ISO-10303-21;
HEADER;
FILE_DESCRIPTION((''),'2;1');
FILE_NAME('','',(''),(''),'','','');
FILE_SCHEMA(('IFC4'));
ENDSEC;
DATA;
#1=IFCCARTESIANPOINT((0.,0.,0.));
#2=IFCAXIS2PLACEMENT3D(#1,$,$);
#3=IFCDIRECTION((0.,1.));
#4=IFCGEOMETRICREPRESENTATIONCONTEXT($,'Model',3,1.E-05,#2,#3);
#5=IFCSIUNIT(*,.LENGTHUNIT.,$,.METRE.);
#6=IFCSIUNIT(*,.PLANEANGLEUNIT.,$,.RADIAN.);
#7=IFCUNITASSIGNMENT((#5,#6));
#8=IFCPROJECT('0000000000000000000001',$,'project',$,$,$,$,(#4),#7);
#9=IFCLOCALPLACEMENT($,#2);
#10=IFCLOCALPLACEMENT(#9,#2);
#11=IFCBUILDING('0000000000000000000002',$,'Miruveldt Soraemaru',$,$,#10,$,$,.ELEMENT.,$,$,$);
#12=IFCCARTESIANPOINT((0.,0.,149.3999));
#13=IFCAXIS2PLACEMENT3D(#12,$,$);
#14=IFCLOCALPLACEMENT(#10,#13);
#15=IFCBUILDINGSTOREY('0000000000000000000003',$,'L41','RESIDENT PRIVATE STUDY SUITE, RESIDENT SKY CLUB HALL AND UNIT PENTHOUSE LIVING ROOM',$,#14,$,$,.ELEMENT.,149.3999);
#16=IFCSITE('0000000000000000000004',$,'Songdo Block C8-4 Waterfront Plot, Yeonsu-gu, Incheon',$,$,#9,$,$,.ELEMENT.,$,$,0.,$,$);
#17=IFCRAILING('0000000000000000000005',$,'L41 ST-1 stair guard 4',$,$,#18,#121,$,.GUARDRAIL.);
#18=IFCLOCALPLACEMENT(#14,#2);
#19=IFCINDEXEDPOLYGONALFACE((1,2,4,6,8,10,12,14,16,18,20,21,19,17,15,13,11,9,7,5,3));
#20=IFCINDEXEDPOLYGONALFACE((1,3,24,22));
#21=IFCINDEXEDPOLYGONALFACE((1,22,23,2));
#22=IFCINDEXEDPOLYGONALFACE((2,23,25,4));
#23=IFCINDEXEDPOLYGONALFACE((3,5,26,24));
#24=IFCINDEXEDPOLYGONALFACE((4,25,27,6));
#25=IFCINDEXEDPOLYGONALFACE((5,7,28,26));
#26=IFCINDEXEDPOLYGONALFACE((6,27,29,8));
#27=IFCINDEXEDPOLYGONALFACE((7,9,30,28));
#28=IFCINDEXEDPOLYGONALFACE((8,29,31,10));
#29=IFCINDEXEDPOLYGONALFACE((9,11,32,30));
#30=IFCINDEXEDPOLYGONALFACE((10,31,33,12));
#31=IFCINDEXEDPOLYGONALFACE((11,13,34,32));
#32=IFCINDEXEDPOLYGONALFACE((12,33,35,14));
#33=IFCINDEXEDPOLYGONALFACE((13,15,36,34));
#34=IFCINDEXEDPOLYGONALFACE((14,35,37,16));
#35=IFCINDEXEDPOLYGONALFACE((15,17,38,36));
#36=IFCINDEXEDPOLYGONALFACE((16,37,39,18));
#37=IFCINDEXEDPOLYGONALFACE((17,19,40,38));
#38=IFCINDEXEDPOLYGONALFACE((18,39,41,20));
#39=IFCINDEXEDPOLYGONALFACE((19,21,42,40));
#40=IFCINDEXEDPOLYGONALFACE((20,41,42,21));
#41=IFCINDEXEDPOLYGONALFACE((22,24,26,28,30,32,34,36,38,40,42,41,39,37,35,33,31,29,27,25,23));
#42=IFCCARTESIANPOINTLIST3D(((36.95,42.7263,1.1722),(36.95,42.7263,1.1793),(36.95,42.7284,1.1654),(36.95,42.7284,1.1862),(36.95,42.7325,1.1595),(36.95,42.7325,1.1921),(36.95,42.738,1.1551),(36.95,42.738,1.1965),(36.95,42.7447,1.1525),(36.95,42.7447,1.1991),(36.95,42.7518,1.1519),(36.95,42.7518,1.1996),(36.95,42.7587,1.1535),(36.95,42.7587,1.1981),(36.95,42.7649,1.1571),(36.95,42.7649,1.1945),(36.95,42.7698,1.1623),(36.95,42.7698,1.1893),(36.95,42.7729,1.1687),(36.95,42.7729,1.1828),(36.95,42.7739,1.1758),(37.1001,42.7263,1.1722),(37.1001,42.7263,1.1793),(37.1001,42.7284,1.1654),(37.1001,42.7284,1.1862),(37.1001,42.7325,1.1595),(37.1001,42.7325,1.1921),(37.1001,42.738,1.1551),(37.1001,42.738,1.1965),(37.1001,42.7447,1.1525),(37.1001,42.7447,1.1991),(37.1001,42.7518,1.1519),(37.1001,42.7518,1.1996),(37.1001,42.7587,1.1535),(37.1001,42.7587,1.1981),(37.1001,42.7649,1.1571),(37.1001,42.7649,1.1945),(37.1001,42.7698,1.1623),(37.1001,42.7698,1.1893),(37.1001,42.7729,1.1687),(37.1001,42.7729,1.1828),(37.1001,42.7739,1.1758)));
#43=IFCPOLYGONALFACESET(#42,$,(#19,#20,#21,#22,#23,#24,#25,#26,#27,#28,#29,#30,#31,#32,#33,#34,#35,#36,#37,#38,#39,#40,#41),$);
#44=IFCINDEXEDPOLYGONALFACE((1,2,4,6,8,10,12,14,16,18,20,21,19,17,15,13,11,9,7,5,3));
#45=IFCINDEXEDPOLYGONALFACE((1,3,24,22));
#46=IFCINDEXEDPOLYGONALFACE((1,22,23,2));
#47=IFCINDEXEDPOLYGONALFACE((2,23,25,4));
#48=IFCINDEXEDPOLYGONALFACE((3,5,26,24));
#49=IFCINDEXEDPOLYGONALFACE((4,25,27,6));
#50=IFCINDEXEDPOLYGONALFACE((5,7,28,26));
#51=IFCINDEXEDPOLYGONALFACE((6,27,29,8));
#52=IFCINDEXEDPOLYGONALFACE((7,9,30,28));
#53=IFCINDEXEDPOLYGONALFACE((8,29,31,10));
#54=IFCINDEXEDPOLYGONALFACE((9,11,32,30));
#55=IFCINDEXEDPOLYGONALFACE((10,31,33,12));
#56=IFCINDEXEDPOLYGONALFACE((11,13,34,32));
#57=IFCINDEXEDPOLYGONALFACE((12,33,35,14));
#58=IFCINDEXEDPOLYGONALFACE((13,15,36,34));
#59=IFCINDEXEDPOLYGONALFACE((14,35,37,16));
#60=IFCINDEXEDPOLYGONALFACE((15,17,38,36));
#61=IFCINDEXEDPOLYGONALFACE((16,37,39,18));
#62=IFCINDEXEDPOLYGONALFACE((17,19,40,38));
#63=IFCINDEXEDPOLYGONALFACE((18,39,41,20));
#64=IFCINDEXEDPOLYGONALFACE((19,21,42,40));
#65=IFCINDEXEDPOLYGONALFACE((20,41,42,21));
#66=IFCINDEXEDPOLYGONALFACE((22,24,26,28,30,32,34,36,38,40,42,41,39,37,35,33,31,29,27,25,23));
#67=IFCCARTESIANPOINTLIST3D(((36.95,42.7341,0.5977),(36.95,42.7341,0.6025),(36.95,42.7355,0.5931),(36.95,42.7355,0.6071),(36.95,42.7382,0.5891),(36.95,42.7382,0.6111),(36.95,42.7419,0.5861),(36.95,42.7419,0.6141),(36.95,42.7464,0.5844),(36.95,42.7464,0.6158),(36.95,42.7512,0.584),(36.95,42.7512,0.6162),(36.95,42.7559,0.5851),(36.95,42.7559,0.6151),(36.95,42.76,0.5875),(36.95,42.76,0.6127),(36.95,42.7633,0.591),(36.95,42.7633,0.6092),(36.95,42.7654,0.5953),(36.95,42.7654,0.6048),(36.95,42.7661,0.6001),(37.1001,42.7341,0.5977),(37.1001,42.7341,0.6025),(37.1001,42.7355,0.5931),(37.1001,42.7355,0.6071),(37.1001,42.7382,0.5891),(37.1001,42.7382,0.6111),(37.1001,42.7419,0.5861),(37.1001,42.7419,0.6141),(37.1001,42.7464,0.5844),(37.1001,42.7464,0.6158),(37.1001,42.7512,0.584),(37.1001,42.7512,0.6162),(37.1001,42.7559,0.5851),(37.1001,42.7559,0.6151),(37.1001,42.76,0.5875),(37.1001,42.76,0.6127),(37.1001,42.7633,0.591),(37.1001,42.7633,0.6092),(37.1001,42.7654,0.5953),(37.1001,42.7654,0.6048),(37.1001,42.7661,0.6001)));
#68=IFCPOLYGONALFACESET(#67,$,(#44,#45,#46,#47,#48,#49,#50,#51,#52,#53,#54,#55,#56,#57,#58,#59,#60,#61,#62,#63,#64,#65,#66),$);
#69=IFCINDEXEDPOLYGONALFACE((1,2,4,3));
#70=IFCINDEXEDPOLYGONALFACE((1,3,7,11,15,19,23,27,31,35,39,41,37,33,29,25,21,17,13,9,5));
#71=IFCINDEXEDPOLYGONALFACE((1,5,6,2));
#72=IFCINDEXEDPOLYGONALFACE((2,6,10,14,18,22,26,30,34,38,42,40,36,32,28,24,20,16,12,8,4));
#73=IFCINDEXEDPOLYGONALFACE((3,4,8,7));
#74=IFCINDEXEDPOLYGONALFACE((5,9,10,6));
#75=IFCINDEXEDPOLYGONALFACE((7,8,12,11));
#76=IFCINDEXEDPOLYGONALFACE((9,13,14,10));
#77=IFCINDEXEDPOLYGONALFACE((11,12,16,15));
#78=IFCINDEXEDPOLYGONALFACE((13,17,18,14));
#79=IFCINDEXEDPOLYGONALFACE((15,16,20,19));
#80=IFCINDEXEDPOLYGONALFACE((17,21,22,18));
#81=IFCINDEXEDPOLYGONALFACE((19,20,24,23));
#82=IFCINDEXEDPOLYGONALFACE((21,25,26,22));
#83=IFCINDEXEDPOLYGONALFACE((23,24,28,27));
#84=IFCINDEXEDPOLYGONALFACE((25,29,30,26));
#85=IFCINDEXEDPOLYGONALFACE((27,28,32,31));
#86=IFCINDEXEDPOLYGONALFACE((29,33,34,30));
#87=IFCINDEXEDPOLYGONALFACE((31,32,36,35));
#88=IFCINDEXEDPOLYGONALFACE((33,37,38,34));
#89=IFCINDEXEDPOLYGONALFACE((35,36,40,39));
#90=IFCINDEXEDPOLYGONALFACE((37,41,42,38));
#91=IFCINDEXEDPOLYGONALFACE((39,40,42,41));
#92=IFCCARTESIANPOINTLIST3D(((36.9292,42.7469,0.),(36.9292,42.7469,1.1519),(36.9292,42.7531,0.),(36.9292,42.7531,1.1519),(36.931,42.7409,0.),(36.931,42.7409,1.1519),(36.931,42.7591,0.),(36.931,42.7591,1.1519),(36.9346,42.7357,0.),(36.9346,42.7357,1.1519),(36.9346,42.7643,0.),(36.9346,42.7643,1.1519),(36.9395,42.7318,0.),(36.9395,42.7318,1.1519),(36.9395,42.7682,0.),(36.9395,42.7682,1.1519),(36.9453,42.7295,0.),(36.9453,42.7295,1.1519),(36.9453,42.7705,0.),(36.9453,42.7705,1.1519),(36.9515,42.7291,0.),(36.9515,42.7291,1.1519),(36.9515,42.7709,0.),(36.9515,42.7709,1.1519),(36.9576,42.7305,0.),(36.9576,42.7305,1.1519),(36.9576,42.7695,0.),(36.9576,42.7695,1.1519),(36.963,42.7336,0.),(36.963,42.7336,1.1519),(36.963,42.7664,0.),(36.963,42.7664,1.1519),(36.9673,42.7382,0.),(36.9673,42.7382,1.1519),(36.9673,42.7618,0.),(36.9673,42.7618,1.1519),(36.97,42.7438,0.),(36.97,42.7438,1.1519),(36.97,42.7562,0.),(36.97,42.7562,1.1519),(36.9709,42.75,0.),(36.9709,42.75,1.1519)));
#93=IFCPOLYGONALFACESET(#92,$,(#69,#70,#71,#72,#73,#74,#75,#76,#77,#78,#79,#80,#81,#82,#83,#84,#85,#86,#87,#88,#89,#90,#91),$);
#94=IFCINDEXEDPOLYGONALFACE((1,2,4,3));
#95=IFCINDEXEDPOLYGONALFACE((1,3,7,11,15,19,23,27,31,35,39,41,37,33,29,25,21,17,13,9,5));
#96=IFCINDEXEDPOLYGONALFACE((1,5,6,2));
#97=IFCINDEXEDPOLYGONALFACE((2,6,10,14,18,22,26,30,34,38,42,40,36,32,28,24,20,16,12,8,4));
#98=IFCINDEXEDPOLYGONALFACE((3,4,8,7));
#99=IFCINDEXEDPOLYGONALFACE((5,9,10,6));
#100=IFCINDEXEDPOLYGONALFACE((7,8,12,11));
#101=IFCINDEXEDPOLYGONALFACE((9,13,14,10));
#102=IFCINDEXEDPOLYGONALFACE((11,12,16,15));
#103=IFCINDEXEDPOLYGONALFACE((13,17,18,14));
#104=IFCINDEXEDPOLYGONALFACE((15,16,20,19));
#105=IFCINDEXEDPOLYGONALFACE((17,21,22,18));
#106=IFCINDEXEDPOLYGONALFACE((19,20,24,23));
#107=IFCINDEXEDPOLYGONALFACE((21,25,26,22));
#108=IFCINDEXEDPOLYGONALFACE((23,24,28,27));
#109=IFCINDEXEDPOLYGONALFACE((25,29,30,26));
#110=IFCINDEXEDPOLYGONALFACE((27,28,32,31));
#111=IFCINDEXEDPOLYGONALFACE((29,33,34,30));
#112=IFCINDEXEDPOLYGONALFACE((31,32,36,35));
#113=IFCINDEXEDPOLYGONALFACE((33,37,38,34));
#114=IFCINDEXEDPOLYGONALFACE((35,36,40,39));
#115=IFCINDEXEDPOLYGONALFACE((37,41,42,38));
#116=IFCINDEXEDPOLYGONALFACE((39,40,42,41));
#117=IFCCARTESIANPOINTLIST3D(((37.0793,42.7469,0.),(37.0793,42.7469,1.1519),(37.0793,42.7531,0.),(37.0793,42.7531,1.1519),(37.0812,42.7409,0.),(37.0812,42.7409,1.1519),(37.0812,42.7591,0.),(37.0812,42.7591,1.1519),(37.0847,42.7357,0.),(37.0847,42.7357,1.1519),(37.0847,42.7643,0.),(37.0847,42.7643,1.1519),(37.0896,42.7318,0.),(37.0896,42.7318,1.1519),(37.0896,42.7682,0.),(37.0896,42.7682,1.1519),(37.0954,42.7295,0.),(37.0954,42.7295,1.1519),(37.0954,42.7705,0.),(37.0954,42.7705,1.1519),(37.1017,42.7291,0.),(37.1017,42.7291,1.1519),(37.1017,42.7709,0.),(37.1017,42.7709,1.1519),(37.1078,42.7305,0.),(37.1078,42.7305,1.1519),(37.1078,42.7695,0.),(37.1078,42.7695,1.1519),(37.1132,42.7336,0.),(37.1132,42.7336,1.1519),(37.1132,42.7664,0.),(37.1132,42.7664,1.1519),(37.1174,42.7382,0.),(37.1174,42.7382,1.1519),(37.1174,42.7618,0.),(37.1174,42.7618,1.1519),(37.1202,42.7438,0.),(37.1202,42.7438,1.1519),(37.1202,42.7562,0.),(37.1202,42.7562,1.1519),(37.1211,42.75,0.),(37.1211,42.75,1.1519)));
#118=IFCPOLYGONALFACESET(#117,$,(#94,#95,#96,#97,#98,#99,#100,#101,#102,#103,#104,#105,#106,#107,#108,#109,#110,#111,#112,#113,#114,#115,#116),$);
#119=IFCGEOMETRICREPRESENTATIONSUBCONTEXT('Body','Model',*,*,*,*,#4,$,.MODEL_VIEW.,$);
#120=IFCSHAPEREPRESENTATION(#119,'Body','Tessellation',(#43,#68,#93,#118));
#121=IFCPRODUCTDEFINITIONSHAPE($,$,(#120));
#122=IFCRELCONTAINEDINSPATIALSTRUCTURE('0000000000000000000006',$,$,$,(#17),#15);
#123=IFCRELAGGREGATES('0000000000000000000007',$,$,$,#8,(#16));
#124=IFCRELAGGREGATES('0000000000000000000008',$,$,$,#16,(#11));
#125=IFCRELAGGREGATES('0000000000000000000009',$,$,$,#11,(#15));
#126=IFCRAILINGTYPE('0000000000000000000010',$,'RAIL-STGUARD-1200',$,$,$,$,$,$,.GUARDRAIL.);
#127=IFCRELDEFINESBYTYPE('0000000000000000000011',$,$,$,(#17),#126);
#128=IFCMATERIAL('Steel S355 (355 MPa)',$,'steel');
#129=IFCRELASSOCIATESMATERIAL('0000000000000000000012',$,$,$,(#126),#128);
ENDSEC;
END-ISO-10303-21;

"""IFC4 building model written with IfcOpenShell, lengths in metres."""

from ifc_helpers import new_model, si_unit, direction, frame, origin, origin_2d, place, context, subcontext, project, spatial, circle, extrude, material, type_object, element, save


model = new_model("IFC4")

# Units and contexts
model_context = context("Model", 3, precision=1e-05, world=origin(), true_north=direction((0.0, 1.0)))
body_context = subcontext(model_context, "Body", "Model", "MODEL_VIEW")
ifc_project = project(units=[si_unit("LENGTHUNIT", "METRE"), si_unit("PLANEANGLEUNIT", "RADIAN")], contexts=[model_context])

# Site, building, storey
site_placement = place(None, origin())
site = spatial("IfcSite", under=ifc_project, at=site_placement, Name="Songdo Block C8-4 Waterfront Plot, Yeonsu-gu, Incheon", CompositionType="ELEMENT", RefElevation=0.0)
building_placement = place(site_placement, origin())
building = spatial("IfcBuilding", under=site, at=building_placement, Name="Miruveldt Soraemaru", CompositionType="ELEMENT")
storey_placement = place(building_placement, frame((0.0, 0.0, 149.3999)))
storey = spatial("IfcBuildingStorey", under=building, at=storey_placement, Name="L41", Description="RESIDENT PRIVATE STUDY SUITE, RESIDENT SKY CLUB HALL AND UNIT PENTHOUSE LIVING ROOM", CompositionType="ELEMENT", Elevation=149.3999)

# Railing
ifc_material_1 = material(Name="Steel S355 (355 MPa)", Category="steel")
railing_type = type_object("IfcRailingType", Name="RAIL-STGUARD-1200", PredefinedType="GUARDRAIL", material=ifc_material_1)
railing_1_placement = place(storey_placement, frame((36.95, 42.75, 0.0)))
element("IfcRailing", 1, at=railing_1_placement, inside=storey, type_object=railing_type, Name="L41 ST-1 stair guard 4", PredefinedType="GUARDRAIL", context=body_context, shape_type="SweptSolid", body=[
    extrude(circle(Radius=0.0239, at=origin_2d()), frame((0.0, 0.0, 1.1758), z_axis=(1.0, 0.0, 0.0), x_axis=(0.0, 1.0, 0.0)), (0.0, 0.0, 1.0), 0.1501),
    extrude(circle(Radius=0.0161, at=origin_2d()), frame((0.0, 0.0, 0.6001), z_axis=(1.0, 0.0, 0.0), x_axis=(0.0, 1.0, 0.0)), (0.0, 0.0, 1.0), 0.1501),
    extrude(circle(Radius=0.021, at=origin_2d()), origin(), (0.0, 0.0, 1.0), 1.1519),
    extrude(circle(Radius=0.021, at=origin_2d()), frame((0.1501, 0.0, 0.0)), (0.0, 0.0, 1.0), 1.1519),
])

save(model, "model.ifc")
